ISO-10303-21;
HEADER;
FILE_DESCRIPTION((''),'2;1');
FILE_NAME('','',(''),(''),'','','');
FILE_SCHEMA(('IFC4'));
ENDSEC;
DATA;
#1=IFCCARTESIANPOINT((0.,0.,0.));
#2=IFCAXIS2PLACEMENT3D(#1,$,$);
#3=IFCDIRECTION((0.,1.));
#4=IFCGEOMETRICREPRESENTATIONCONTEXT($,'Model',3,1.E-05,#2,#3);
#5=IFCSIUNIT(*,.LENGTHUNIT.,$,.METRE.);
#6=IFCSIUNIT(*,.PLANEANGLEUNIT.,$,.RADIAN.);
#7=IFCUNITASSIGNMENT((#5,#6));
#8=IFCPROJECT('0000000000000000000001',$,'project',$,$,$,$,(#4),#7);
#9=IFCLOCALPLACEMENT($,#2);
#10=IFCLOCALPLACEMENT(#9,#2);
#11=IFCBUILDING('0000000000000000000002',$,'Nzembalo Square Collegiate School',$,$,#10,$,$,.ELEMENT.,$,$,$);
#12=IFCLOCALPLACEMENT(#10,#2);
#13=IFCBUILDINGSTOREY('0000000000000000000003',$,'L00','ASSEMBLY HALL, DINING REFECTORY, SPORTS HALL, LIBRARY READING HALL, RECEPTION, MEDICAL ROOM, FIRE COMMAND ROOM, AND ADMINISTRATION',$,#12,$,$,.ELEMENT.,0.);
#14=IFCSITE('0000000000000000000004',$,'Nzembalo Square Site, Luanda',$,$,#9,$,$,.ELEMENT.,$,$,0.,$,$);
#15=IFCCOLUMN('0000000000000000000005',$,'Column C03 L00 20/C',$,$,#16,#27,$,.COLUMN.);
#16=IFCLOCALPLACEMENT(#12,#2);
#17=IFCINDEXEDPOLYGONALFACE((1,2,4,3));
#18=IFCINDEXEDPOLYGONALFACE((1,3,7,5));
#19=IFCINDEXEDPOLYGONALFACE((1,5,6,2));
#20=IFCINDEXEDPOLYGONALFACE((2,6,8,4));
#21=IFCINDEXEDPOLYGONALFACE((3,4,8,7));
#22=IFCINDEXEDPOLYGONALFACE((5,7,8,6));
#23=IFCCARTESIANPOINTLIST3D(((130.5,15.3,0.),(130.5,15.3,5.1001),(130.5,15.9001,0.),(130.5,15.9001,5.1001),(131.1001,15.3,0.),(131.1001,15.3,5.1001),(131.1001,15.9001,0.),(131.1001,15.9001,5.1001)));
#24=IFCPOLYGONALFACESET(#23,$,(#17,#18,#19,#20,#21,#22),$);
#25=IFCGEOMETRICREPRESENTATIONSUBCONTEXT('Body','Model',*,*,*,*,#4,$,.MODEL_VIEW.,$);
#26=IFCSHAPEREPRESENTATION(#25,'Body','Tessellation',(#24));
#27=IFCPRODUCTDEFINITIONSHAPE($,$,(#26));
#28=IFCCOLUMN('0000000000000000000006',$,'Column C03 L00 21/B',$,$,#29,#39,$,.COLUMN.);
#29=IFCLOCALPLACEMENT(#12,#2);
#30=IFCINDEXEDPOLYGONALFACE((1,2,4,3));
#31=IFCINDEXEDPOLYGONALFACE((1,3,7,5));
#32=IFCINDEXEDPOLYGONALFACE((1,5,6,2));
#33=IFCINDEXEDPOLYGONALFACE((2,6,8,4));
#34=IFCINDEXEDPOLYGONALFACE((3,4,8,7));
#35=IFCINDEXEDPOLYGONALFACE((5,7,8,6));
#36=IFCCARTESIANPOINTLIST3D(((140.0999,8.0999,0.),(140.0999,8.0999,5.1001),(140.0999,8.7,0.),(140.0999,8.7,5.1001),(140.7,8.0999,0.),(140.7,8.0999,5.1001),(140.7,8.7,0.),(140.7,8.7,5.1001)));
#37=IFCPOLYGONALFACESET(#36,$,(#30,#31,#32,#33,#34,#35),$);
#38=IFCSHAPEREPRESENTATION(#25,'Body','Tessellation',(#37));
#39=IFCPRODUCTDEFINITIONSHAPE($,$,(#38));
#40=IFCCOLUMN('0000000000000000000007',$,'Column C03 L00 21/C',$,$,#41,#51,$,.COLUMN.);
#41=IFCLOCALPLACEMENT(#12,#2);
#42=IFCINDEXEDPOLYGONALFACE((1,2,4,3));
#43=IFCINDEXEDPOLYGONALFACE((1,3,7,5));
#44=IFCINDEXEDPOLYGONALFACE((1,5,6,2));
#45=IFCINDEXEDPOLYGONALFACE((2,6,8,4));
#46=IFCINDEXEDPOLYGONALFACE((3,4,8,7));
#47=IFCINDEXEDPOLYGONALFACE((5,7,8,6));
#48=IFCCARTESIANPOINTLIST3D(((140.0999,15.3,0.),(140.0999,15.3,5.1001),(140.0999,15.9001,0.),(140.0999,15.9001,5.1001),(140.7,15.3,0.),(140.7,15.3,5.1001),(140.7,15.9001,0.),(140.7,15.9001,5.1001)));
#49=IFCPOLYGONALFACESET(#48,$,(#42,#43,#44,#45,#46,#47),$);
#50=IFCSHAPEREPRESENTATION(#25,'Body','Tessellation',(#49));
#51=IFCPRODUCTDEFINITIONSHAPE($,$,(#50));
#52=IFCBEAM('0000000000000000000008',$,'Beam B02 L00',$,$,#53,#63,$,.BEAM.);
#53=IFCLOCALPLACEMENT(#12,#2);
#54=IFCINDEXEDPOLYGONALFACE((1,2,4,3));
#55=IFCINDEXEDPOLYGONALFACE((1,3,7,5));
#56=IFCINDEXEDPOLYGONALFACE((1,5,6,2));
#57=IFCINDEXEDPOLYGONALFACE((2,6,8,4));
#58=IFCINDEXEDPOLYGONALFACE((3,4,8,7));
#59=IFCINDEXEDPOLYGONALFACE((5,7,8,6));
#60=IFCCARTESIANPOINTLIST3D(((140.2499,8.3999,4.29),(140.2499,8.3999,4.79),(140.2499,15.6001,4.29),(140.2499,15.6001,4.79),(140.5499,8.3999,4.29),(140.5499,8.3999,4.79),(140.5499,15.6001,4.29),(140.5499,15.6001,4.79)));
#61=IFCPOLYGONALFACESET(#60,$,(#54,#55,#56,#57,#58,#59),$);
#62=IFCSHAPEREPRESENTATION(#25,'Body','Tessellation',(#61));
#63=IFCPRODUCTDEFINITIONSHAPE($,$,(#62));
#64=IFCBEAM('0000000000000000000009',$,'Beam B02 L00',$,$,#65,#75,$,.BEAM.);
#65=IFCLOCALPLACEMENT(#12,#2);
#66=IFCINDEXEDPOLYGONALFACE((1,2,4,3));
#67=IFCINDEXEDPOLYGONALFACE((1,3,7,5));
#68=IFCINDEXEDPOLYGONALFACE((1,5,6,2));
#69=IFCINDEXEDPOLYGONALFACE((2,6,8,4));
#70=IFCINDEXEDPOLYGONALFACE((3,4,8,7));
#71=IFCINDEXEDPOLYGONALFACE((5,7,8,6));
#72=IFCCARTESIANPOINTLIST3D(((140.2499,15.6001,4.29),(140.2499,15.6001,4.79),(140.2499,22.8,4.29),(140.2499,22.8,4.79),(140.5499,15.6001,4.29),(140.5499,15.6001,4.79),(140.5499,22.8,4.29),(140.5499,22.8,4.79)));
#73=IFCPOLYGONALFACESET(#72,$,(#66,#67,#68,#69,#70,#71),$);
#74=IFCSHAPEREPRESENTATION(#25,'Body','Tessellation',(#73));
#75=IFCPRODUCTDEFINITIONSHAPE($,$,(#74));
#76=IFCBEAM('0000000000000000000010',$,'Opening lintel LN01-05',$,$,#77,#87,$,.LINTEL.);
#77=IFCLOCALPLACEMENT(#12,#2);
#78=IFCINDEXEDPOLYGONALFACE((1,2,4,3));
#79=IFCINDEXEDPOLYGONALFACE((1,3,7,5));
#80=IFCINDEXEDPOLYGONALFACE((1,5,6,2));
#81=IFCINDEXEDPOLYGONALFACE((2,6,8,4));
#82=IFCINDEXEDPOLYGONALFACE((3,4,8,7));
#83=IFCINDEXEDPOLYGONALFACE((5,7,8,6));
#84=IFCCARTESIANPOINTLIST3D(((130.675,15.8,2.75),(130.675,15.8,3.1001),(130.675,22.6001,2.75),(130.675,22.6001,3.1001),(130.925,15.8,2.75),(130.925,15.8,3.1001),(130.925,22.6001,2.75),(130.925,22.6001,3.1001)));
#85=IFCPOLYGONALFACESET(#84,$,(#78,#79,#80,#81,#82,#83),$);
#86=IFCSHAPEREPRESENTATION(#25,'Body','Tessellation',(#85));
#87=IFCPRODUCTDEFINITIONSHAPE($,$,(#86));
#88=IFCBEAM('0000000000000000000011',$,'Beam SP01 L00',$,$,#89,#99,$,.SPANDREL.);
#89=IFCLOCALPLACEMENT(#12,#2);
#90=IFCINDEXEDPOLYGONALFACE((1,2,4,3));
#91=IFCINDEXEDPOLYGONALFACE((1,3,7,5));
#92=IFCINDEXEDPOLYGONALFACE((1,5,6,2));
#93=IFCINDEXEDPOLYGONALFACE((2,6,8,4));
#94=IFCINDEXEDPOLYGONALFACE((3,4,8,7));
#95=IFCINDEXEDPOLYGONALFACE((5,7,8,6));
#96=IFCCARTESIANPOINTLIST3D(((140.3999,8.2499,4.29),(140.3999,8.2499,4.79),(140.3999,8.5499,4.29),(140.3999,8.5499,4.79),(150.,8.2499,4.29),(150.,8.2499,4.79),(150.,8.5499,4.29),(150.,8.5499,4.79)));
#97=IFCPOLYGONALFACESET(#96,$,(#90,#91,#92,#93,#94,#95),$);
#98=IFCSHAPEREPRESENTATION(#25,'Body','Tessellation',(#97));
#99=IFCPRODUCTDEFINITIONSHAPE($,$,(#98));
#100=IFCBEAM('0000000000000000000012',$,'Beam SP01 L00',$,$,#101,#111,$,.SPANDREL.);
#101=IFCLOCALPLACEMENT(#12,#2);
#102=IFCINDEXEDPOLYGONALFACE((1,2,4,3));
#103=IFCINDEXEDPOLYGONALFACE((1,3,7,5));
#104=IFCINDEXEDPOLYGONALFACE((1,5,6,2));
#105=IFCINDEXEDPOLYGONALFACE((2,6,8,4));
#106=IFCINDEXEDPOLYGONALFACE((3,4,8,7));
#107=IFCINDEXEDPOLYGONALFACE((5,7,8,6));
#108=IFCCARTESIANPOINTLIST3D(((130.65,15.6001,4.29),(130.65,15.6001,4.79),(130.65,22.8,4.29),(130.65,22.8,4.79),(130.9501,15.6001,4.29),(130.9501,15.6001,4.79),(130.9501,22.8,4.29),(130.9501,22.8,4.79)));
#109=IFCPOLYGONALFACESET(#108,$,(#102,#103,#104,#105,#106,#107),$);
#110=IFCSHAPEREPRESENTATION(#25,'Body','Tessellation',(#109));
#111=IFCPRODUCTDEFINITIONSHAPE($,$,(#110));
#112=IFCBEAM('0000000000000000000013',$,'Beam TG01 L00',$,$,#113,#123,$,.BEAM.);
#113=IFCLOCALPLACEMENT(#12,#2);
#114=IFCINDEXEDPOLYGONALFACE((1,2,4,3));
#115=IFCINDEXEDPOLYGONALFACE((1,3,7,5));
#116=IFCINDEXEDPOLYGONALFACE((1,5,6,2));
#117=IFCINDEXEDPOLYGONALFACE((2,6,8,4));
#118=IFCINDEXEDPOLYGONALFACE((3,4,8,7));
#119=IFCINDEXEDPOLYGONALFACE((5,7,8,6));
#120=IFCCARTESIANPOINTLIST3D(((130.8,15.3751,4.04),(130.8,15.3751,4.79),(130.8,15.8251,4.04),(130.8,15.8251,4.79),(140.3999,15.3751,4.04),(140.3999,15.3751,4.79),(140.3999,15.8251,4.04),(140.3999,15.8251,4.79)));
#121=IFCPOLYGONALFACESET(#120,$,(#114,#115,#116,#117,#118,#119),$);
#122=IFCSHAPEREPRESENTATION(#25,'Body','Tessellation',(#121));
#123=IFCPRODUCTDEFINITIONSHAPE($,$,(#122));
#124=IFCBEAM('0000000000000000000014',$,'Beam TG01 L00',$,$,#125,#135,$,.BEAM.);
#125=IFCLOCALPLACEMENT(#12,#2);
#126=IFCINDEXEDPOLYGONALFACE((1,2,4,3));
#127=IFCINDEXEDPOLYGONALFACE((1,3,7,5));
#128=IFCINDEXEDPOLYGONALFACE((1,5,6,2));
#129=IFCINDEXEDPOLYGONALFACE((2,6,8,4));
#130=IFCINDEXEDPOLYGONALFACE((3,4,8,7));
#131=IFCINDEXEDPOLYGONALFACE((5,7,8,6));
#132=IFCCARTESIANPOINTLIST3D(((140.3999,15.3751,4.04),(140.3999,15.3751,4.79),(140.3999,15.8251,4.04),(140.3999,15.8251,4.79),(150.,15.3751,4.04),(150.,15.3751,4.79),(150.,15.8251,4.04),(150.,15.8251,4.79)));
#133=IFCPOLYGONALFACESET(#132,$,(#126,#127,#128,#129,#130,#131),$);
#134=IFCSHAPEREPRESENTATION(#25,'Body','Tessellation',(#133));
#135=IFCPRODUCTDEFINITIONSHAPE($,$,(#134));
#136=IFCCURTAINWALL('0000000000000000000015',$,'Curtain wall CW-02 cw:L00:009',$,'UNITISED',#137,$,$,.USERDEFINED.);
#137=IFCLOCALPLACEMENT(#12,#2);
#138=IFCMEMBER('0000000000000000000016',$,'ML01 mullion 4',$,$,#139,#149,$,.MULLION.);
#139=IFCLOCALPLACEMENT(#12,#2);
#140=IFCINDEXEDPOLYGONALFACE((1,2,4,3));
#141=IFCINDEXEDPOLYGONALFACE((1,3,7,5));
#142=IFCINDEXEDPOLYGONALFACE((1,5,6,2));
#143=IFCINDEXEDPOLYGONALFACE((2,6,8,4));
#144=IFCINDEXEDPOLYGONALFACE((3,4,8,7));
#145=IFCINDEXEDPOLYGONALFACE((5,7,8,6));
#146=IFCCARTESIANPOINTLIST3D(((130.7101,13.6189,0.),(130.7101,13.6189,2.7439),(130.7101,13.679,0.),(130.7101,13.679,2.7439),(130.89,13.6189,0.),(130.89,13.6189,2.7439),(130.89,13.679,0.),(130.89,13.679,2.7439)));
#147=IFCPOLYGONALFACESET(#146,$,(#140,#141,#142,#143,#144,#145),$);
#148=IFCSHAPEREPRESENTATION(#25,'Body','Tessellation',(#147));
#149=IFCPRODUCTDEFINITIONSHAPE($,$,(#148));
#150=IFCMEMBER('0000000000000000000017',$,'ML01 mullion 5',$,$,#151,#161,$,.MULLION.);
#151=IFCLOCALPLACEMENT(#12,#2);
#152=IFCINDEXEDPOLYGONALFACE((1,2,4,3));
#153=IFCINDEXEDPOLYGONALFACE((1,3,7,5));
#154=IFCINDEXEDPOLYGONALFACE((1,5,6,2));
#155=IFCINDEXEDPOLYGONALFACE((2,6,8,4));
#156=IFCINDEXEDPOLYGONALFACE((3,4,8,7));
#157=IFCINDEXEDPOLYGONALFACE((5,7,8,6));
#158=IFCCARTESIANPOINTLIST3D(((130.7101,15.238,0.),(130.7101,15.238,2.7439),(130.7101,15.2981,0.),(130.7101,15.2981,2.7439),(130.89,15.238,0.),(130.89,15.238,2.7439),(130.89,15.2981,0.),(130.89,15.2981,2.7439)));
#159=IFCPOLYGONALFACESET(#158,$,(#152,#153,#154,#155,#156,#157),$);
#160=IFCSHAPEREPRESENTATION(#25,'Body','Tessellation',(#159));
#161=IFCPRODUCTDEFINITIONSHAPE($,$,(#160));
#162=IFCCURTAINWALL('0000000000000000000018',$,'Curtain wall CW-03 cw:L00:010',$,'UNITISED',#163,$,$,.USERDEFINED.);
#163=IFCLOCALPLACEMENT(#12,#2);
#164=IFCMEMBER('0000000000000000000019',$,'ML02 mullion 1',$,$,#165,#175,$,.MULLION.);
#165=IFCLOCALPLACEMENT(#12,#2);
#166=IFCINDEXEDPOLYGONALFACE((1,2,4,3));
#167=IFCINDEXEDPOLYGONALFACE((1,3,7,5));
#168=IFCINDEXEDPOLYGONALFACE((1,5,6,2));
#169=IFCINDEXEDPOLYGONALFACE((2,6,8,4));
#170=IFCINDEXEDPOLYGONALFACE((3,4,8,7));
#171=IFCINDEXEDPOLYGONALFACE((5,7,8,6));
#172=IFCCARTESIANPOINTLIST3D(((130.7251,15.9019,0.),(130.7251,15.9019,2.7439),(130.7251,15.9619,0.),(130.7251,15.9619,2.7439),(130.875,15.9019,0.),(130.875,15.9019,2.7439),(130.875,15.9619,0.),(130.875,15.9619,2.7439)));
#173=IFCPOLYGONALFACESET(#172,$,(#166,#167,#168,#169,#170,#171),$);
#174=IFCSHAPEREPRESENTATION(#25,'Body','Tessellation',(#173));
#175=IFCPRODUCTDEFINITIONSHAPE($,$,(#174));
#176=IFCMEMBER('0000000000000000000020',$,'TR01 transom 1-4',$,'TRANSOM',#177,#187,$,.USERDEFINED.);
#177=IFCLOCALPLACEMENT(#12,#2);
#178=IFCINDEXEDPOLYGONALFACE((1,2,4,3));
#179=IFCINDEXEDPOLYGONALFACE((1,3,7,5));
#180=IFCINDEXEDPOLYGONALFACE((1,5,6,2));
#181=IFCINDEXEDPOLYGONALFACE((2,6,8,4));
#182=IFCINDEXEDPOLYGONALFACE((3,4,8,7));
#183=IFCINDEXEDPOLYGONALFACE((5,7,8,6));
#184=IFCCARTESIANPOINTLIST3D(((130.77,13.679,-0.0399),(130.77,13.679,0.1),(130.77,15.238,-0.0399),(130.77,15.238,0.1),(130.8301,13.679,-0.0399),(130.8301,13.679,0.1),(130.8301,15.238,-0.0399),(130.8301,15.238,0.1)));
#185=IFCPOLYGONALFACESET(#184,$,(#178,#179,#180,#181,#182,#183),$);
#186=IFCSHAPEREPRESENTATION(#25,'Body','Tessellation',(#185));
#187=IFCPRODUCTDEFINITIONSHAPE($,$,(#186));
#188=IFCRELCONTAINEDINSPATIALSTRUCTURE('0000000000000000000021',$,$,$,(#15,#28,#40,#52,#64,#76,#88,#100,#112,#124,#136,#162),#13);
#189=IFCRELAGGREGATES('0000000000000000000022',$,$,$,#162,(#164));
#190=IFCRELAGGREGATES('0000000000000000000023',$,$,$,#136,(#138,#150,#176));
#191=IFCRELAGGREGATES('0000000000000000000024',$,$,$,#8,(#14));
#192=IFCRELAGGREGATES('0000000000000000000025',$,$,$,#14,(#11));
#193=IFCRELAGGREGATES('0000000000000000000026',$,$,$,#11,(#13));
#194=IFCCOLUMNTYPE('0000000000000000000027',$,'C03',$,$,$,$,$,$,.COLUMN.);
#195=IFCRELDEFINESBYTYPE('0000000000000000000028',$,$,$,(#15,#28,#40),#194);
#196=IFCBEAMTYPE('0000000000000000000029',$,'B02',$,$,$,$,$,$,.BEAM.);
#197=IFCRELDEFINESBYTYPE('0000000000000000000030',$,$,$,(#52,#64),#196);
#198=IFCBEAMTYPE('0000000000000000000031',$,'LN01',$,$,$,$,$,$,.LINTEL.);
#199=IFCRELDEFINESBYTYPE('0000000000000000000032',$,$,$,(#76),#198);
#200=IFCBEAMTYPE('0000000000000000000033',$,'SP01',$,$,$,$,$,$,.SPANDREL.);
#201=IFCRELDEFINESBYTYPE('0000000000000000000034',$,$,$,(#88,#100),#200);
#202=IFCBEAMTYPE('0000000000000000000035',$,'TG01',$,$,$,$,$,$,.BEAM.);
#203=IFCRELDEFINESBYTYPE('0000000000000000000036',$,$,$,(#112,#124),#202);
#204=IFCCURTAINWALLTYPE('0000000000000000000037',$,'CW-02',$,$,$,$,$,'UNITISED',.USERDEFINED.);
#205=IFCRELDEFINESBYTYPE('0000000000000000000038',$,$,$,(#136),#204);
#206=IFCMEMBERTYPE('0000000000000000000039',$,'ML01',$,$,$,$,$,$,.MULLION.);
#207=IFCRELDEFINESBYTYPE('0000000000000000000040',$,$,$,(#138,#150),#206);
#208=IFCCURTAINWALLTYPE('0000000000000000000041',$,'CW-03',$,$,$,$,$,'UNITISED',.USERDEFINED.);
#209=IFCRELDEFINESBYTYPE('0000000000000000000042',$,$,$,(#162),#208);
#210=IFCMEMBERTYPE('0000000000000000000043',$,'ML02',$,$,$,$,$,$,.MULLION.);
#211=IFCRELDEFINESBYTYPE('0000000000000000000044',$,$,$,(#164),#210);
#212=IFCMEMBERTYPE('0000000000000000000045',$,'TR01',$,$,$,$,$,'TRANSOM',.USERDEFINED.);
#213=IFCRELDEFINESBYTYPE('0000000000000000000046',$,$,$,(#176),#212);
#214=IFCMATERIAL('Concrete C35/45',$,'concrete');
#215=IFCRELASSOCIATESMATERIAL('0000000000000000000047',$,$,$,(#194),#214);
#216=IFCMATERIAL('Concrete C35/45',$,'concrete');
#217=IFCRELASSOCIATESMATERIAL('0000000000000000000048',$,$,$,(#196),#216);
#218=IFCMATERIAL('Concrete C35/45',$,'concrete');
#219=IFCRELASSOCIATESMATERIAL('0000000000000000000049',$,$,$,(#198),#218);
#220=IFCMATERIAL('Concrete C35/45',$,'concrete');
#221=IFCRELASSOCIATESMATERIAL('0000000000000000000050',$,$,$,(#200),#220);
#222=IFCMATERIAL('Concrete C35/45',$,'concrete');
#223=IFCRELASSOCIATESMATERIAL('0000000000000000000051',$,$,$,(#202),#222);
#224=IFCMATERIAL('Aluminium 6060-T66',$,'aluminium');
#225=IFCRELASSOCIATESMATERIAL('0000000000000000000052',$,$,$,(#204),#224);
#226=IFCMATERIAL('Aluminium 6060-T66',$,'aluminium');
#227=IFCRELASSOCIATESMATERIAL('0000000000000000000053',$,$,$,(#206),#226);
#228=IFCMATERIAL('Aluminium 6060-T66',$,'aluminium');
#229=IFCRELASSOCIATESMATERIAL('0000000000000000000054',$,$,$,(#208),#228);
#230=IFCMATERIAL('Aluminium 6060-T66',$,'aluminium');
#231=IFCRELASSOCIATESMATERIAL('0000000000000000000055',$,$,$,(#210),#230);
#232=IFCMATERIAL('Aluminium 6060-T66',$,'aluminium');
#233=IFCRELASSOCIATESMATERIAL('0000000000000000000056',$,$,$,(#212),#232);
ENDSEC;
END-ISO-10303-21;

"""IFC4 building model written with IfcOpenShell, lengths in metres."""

from ifc_helpers import new_model, si_unit, direction, frame, origin, origin_2d, place, context, subcontext, project, spatial, rectangle, extrude, material, material_profile, profile_set, type_object, element, aggregate, save


model = new_model("IFC4")

# Units and contexts
model_context = context("Model", 3, precision=1e-05, world=origin(), true_north=direction((0.0, 1.0)))
body_context = subcontext(model_context, "Body", "Model", "MODEL_VIEW")
ifc_project = project(units=[si_unit("LENGTHUNIT", "METRE"), si_unit("PLANEANGLEUNIT", "RADIAN")], contexts=[model_context])

# Site, building, storey
site_placement = place(None, origin())
site = spatial("IfcSite", under=ifc_project, at=site_placement, Name="Nzembalo Square Site, Luanda", CompositionType="ELEMENT", RefElevation=0.0)
building_placement = place(site_placement, origin())
building = spatial("IfcBuilding", under=site, at=building_placement, Name="Nzembalo Square Collegiate School", CompositionType="ELEMENT")
storey_placement = place(building_placement, origin())
storey = spatial("IfcBuildingStorey", under=building, at=storey_placement, Name="L00", Description="ASSEMBLY HALL, DINING REFECTORY, SPORTS HALL, LIBRARY READING HALL, RECEPTION, MEDICAL ROOM, FIRE COMMAND ROOM, AND ADMINISTRATION", CompositionType="ELEMENT", Elevation=0.0)

# Columns
ifc_material_1 = material(Name="Concrete C35/45", Category="concrete")
ifc_material_profile_1 = material_profile(ifc_material_1, rectangle(XDim=0.6001, YDim=0.6001, at=origin_2d()), Name="RC 600x600")
ifc_profile_set_1 = profile_set([ifc_material_profile_1], Name="Concrete C35/45")
column_type = type_object("IfcColumnType", Name="C03", PredefinedType="COLUMN", material=ifc_profile_set_1)
for number, where, z_axis, x_axis, name in (
    (1, (130.8, 15.6001, 0.0), (0.0, 0.0, 1.0), (1.0, 0.0, 0.0), "Column C03 L00 20/C"),
    (2, (140.3999, 8.3999, 0.0), (0.0, 0.0, 1.0), (1.0, 0.0, 0.0), "Column C03 L00 21/B"),
    (3, (140.3999, 15.6001, 0.0), (0.0, 0.0, 1.0), (1.0, 0.0, 0.0), "Column C03 L00 21/C"),
):
    element("IfcColumn", number, at=place(storey_placement, frame(where, z_axis=z_axis, x_axis=x_axis)), inside=storey, type_object=column_type, Name=name, PredefinedType="COLUMN", context=body_context, shape_type="SweptSolid", body=[
        extrude(rectangle(XDim=0.6001, YDim=0.6001, at=origin_2d()), origin(), (0.0, 0.0, 1.0), 5.1001),
    ])

# Beams
ifc_material_2 = material(Name="Concrete C35/45", Category="concrete")
ifc_material_profile_2 = material_profile(ifc_material_2, rectangle(XDim=0.3, YDim=0.5, at=origin_2d()), Name="RC 300x500")
ifc_profile_set_2 = profile_set([ifc_material_profile_2], Name="Concrete C35/45")
beam_type_1 = type_object("IfcBeamType", Name="B02", PredefinedType="BEAM", material=ifc_profile_set_2)
beam_1_placement = place(storey_placement, frame((140.3999, 8.3999, 4.54), z_axis=(0.0, 1.0, 0.0), x_axis=(-1.0, 0.0, 0.0)))
element("IfcBeam", 4, at=beam_1_placement, inside=storey, type_object=beam_type_1, Name="Beam B02 L00", PredefinedType="BEAM", context=body_context, shape_type="SweptSolid", body=[
    extrude(rectangle(XDim=0.3, YDim=0.5, at=origin_2d()), origin(), (0.0, 0.0, 1.0), 7.2002),
])
beam_2_placement = place(storey_placement, frame((140.3999, 15.6001, 4.54), z_axis=(0.0, 1.0, 0.0), x_axis=(-1.0, 0.0, 0.0)))
element("IfcBeam", 5, at=beam_2_placement, inside=storey, type_object=beam_type_1, Name="Beam B02 L00", PredefinedType="BEAM", context=body_context, shape_type="SweptSolid", body=[
    extrude(rectangle(XDim=0.3, YDim=0.5, at=origin_2d()), origin(), (0.0, 0.0, 1.0), 7.2),
])
ifc_material_3 = material(Name="Concrete C35/45", Category="concrete")
ifc_material_profile_3 = material_profile(ifc_material_3, rectangle(XDim=0.25, YDim=0.3501, at=origin_2d()), Name="RC 250x350")
ifc_profile_set_3 = profile_set([ifc_material_profile_3], Name="Concrete C35/45")
beam_type_2 = type_object("IfcBeamType", Name="LN01", PredefinedType="LINTEL", material=ifc_profile_set_3)
beam_3_placement = place(storey_placement, frame((130.8, 15.8, 2.925), z_axis=(0.0, 1.0, 0.0), x_axis=(-1.0, 0.0, 0.0)))
element("IfcBeam", 6, at=beam_3_placement, inside=storey, type_object=beam_type_2, Name="Opening lintel LN01-05", PredefinedType="LINTEL", context=body_context, shape_type="SweptSolid", body=[
    extrude(rectangle(XDim=0.25, YDim=0.3501, at=origin_2d()), origin(), (0.0, 0.0, 1.0), 6.8),
])
ifc_material_4 = material(Name="Concrete C35/45", Category="concrete")
ifc_material_profile_4 = material_profile(ifc_material_4, rectangle(XDim=0.3, YDim=0.5, at=origin_2d()), Name="RC 300x500")
ifc_profile_set_4 = profile_set([ifc_material_profile_4], Name="Concrete C35/45")
beam_type_3 = type_object("IfcBeamType", Name="SP01", PredefinedType="SPANDREL", material=ifc_profile_set_4)
beam_4_placement = place(storey_placement, frame((140.3999, 8.3999, 4.54), z_axis=(1.0, 0.0, 0.0), x_axis=(0.0, 1.0, 0.0)))
element("IfcBeam", 7, at=beam_4_placement, inside=storey, type_object=beam_type_3, Name="Beam SP01 L00", PredefinedType="SPANDREL", context=body_context, shape_type="SweptSolid", body=[
    extrude(rectangle(XDim=0.3, YDim=0.5, at=origin_2d()), origin(), (0.0, 0.0, 1.0), 9.6001),
])
beam_5_placement = place(storey_placement, frame((130.8, 15.6001, 4.54), z_axis=(0.0, 1.0, 0.0), x_axis=(-1.0, 0.0, 0.0)))
element("IfcBeam", 8, at=beam_5_placement, inside=storey, type_object=beam_type_3, Name="Beam SP01 L00", PredefinedType="SPANDREL", context=body_context, shape_type="SweptSolid", body=[
    extrude(rectangle(XDim=0.3, YDim=0.5, at=origin_2d()), origin(), (0.0, 0.0, 1.0), 7.2),
])
ifc_material_5 = material(Name="Concrete C35/45", Category="concrete")
ifc_material_profile_5 = material_profile(ifc_material_5, rectangle(XDim=0.45, YDim=0.75, at=origin_2d()), Name="RC 450x750")
ifc_profile_set_5 = profile_set([ifc_material_profile_5], Name="Concrete C35/45")
beam_type_4 = type_object("IfcBeamType", Name="TG01", PredefinedType="BEAM", material=ifc_profile_set_5)
beam_6_placement = place(storey_placement, frame((130.8, 15.6001, 4.415), z_axis=(1.0, 0.0, 0.0), x_axis=(0.0, 1.0, 0.0)))
element("IfcBeam", 9, at=beam_6_placement, inside=storey, type_object=beam_type_4, Name="Beam TG01 L00", PredefinedType="BEAM", context=body_context, shape_type="SweptSolid", body=[
    extrude(rectangle(XDim=0.45, YDim=0.75, at=origin_2d()), origin(), (0.0, 0.0, 1.0), 9.5999),
])
beam_7_placement = place(storey_placement, frame((140.3999, 15.6001, 4.415), z_axis=(1.0, 0.0, 0.0), x_axis=(0.0, 1.0, 0.0)))
element("IfcBeam", 10, at=beam_7_placement, inside=storey, type_object=beam_type_4, Name="Beam TG01 L00", PredefinedType="BEAM", context=body_context, shape_type="SweptSolid", body=[
    extrude(rectangle(XDim=0.45, YDim=0.75, at=origin_2d()), origin(), (0.0, 0.0, 1.0), 9.6001),
])

# Curtain wall, members
ifc_material_6 = material(Name="Aluminium 6060-T66", Category="aluminium")
curtain_wall_type_1 = type_object("IfcCurtainWallType", Name="CW-02", ElementType="UNITISED", PredefinedType="USERDEFINED", material=ifc_material_6)
curtain_wall_1_placement = place(storey_placement, origin())
curtain_wall_1 = element("IfcCurtainWall", 11, at=curtain_wall_1_placement, inside=storey, type_object=curtain_wall_type_1, Name="Curtain wall CW-02 cw:L00:009", ObjectType="UNITISED", PredefinedType="USERDEFINED")
ifc_material_7 = material(Name="Aluminium 6060-T66", Category="aluminium")
ifc_material_profile_6 = material_profile(ifc_material_7, rectangle(XDim=0.0601, YDim=0.1799, at=origin_2d()), Name="ALU M60x180")
ifc_profile_set_6 = profile_set([ifc_material_profile_6], Name="Aluminium 6060-T66")
member_type_1 = type_object("IfcMemberType", Name="ML01", PredefinedType="MULLION", material=ifc_profile_set_6)
member_1_placement = place(storey_placement, frame((130.8, 13.6489, 0.0), z_axis=(0.0, 0.0, 1.0), x_axis=(0.0, 1.0, 0.0)))
member_1 = element("IfcMember", 12, at=member_1_placement, type_object=member_type_1, Name="ML01 mullion 4", PredefinedType="MULLION", context=body_context, shape_type="SweptSolid", body=[
    extrude(rectangle(XDim=0.0601, YDim=0.1799, at=origin_2d()), origin(), (0.0, 0.0, 1.0), 2.7439),
])
member_2_placement = place(storey_placement, frame((130.8, 15.2681, 0.0), z_axis=(0.0, 0.0, 1.0), x_axis=(0.0, 1.0, 0.0)))
member_2 = element("IfcMember", 13, at=member_2_placement, type_object=member_type_1, Name="ML01 mullion 5", PredefinedType="MULLION", context=body_context, shape_type="SweptSolid", body=[
    extrude(rectangle(XDim=0.0601, YDim=0.1799, at=origin_2d()), origin(), (0.0, 0.0, 1.0), 2.7439),
])

# Curtain wall, member
ifc_material_8 = material(Name="Aluminium 6060-T66", Category="aluminium")
curtain_wall_type_2 = type_object("IfcCurtainWallType", Name="CW-03", ElementType="UNITISED", PredefinedType="USERDEFINED", material=ifc_material_8)
curtain_wall_2_placement = place(storey_placement, origin())
curtain_wall_2 = element("IfcCurtainWall", 14, at=curtain_wall_2_placement, inside=storey, type_object=curtain_wall_type_2, Name="Curtain wall CW-03 cw:L00:010", ObjectType="UNITISED", PredefinedType="USERDEFINED")
ifc_material_9 = material(Name="Aluminium 6060-T66", Category="aluminium")
ifc_material_profile_7 = material_profile(ifc_material_9, rectangle(XDim=0.0601, YDim=0.1499, at=origin_2d()), Name="ALU M60x150")
ifc_profile_set_7 = profile_set([ifc_material_profile_7], Name="Aluminium 6060-T66")
member_type_2 = type_object("IfcMemberType", Name="ML02", PredefinedType="MULLION", material=ifc_profile_set_7)
member_3_placement = place(storey_placement, frame((130.8, 15.9319, 0.0), z_axis=(0.0, 0.0, 1.0), x_axis=(0.0, 1.0, 0.0)))
member_3 = element("IfcMember", 15, at=member_3_placement, type_object=member_type_2, Name="ML02 mullion 1", PredefinedType="MULLION", context=body_context, shape_type="SweptSolid", body=[
    extrude(rectangle(XDim=0.0601, YDim=0.1499, at=origin_2d()), origin(), (0.0, 0.0, 1.0), 2.7439),
])
aggregate(curtain_wall_2, [member_3])

# Member
ifc_material_10 = material(Name="Aluminium 6060-T66", Category="aluminium")
ifc_material_profile_8 = material_profile(ifc_material_10, rectangle(XDim=0.0601, YDim=0.1399, at=origin_2d()), Name="ALU T60x140")
ifc_profile_set_8 = profile_set([ifc_material_profile_8], Name="Aluminium 6060-T66")
member_type_3 = type_object("IfcMemberType", Name="TR01", ElementType="TRANSOM", PredefinedType="USERDEFINED", material=ifc_profile_set_8)
member_4_placement = place(storey_placement, frame((130.8, 13.679, 0.03), z_axis=(0.0, 1.0, 0.0), x_axis=(-1.0, 0.0, 0.0)))
member_4 = element("IfcMember", 16, at=member_4_placement, type_object=member_type_3, Name="TR01 transom 1-4", ObjectType="TRANSOM", PredefinedType="USERDEFINED", context=body_context, shape_type="SweptSolid", body=[
    extrude(rectangle(XDim=0.0601, YDim=0.1399, at=origin_2d()), origin(), (0.0, 0.0, 1.0), 1.5591),
])

aggregate(curtain_wall_1, [member_1, member_2, member_4])

save(model, "model.ifc")
